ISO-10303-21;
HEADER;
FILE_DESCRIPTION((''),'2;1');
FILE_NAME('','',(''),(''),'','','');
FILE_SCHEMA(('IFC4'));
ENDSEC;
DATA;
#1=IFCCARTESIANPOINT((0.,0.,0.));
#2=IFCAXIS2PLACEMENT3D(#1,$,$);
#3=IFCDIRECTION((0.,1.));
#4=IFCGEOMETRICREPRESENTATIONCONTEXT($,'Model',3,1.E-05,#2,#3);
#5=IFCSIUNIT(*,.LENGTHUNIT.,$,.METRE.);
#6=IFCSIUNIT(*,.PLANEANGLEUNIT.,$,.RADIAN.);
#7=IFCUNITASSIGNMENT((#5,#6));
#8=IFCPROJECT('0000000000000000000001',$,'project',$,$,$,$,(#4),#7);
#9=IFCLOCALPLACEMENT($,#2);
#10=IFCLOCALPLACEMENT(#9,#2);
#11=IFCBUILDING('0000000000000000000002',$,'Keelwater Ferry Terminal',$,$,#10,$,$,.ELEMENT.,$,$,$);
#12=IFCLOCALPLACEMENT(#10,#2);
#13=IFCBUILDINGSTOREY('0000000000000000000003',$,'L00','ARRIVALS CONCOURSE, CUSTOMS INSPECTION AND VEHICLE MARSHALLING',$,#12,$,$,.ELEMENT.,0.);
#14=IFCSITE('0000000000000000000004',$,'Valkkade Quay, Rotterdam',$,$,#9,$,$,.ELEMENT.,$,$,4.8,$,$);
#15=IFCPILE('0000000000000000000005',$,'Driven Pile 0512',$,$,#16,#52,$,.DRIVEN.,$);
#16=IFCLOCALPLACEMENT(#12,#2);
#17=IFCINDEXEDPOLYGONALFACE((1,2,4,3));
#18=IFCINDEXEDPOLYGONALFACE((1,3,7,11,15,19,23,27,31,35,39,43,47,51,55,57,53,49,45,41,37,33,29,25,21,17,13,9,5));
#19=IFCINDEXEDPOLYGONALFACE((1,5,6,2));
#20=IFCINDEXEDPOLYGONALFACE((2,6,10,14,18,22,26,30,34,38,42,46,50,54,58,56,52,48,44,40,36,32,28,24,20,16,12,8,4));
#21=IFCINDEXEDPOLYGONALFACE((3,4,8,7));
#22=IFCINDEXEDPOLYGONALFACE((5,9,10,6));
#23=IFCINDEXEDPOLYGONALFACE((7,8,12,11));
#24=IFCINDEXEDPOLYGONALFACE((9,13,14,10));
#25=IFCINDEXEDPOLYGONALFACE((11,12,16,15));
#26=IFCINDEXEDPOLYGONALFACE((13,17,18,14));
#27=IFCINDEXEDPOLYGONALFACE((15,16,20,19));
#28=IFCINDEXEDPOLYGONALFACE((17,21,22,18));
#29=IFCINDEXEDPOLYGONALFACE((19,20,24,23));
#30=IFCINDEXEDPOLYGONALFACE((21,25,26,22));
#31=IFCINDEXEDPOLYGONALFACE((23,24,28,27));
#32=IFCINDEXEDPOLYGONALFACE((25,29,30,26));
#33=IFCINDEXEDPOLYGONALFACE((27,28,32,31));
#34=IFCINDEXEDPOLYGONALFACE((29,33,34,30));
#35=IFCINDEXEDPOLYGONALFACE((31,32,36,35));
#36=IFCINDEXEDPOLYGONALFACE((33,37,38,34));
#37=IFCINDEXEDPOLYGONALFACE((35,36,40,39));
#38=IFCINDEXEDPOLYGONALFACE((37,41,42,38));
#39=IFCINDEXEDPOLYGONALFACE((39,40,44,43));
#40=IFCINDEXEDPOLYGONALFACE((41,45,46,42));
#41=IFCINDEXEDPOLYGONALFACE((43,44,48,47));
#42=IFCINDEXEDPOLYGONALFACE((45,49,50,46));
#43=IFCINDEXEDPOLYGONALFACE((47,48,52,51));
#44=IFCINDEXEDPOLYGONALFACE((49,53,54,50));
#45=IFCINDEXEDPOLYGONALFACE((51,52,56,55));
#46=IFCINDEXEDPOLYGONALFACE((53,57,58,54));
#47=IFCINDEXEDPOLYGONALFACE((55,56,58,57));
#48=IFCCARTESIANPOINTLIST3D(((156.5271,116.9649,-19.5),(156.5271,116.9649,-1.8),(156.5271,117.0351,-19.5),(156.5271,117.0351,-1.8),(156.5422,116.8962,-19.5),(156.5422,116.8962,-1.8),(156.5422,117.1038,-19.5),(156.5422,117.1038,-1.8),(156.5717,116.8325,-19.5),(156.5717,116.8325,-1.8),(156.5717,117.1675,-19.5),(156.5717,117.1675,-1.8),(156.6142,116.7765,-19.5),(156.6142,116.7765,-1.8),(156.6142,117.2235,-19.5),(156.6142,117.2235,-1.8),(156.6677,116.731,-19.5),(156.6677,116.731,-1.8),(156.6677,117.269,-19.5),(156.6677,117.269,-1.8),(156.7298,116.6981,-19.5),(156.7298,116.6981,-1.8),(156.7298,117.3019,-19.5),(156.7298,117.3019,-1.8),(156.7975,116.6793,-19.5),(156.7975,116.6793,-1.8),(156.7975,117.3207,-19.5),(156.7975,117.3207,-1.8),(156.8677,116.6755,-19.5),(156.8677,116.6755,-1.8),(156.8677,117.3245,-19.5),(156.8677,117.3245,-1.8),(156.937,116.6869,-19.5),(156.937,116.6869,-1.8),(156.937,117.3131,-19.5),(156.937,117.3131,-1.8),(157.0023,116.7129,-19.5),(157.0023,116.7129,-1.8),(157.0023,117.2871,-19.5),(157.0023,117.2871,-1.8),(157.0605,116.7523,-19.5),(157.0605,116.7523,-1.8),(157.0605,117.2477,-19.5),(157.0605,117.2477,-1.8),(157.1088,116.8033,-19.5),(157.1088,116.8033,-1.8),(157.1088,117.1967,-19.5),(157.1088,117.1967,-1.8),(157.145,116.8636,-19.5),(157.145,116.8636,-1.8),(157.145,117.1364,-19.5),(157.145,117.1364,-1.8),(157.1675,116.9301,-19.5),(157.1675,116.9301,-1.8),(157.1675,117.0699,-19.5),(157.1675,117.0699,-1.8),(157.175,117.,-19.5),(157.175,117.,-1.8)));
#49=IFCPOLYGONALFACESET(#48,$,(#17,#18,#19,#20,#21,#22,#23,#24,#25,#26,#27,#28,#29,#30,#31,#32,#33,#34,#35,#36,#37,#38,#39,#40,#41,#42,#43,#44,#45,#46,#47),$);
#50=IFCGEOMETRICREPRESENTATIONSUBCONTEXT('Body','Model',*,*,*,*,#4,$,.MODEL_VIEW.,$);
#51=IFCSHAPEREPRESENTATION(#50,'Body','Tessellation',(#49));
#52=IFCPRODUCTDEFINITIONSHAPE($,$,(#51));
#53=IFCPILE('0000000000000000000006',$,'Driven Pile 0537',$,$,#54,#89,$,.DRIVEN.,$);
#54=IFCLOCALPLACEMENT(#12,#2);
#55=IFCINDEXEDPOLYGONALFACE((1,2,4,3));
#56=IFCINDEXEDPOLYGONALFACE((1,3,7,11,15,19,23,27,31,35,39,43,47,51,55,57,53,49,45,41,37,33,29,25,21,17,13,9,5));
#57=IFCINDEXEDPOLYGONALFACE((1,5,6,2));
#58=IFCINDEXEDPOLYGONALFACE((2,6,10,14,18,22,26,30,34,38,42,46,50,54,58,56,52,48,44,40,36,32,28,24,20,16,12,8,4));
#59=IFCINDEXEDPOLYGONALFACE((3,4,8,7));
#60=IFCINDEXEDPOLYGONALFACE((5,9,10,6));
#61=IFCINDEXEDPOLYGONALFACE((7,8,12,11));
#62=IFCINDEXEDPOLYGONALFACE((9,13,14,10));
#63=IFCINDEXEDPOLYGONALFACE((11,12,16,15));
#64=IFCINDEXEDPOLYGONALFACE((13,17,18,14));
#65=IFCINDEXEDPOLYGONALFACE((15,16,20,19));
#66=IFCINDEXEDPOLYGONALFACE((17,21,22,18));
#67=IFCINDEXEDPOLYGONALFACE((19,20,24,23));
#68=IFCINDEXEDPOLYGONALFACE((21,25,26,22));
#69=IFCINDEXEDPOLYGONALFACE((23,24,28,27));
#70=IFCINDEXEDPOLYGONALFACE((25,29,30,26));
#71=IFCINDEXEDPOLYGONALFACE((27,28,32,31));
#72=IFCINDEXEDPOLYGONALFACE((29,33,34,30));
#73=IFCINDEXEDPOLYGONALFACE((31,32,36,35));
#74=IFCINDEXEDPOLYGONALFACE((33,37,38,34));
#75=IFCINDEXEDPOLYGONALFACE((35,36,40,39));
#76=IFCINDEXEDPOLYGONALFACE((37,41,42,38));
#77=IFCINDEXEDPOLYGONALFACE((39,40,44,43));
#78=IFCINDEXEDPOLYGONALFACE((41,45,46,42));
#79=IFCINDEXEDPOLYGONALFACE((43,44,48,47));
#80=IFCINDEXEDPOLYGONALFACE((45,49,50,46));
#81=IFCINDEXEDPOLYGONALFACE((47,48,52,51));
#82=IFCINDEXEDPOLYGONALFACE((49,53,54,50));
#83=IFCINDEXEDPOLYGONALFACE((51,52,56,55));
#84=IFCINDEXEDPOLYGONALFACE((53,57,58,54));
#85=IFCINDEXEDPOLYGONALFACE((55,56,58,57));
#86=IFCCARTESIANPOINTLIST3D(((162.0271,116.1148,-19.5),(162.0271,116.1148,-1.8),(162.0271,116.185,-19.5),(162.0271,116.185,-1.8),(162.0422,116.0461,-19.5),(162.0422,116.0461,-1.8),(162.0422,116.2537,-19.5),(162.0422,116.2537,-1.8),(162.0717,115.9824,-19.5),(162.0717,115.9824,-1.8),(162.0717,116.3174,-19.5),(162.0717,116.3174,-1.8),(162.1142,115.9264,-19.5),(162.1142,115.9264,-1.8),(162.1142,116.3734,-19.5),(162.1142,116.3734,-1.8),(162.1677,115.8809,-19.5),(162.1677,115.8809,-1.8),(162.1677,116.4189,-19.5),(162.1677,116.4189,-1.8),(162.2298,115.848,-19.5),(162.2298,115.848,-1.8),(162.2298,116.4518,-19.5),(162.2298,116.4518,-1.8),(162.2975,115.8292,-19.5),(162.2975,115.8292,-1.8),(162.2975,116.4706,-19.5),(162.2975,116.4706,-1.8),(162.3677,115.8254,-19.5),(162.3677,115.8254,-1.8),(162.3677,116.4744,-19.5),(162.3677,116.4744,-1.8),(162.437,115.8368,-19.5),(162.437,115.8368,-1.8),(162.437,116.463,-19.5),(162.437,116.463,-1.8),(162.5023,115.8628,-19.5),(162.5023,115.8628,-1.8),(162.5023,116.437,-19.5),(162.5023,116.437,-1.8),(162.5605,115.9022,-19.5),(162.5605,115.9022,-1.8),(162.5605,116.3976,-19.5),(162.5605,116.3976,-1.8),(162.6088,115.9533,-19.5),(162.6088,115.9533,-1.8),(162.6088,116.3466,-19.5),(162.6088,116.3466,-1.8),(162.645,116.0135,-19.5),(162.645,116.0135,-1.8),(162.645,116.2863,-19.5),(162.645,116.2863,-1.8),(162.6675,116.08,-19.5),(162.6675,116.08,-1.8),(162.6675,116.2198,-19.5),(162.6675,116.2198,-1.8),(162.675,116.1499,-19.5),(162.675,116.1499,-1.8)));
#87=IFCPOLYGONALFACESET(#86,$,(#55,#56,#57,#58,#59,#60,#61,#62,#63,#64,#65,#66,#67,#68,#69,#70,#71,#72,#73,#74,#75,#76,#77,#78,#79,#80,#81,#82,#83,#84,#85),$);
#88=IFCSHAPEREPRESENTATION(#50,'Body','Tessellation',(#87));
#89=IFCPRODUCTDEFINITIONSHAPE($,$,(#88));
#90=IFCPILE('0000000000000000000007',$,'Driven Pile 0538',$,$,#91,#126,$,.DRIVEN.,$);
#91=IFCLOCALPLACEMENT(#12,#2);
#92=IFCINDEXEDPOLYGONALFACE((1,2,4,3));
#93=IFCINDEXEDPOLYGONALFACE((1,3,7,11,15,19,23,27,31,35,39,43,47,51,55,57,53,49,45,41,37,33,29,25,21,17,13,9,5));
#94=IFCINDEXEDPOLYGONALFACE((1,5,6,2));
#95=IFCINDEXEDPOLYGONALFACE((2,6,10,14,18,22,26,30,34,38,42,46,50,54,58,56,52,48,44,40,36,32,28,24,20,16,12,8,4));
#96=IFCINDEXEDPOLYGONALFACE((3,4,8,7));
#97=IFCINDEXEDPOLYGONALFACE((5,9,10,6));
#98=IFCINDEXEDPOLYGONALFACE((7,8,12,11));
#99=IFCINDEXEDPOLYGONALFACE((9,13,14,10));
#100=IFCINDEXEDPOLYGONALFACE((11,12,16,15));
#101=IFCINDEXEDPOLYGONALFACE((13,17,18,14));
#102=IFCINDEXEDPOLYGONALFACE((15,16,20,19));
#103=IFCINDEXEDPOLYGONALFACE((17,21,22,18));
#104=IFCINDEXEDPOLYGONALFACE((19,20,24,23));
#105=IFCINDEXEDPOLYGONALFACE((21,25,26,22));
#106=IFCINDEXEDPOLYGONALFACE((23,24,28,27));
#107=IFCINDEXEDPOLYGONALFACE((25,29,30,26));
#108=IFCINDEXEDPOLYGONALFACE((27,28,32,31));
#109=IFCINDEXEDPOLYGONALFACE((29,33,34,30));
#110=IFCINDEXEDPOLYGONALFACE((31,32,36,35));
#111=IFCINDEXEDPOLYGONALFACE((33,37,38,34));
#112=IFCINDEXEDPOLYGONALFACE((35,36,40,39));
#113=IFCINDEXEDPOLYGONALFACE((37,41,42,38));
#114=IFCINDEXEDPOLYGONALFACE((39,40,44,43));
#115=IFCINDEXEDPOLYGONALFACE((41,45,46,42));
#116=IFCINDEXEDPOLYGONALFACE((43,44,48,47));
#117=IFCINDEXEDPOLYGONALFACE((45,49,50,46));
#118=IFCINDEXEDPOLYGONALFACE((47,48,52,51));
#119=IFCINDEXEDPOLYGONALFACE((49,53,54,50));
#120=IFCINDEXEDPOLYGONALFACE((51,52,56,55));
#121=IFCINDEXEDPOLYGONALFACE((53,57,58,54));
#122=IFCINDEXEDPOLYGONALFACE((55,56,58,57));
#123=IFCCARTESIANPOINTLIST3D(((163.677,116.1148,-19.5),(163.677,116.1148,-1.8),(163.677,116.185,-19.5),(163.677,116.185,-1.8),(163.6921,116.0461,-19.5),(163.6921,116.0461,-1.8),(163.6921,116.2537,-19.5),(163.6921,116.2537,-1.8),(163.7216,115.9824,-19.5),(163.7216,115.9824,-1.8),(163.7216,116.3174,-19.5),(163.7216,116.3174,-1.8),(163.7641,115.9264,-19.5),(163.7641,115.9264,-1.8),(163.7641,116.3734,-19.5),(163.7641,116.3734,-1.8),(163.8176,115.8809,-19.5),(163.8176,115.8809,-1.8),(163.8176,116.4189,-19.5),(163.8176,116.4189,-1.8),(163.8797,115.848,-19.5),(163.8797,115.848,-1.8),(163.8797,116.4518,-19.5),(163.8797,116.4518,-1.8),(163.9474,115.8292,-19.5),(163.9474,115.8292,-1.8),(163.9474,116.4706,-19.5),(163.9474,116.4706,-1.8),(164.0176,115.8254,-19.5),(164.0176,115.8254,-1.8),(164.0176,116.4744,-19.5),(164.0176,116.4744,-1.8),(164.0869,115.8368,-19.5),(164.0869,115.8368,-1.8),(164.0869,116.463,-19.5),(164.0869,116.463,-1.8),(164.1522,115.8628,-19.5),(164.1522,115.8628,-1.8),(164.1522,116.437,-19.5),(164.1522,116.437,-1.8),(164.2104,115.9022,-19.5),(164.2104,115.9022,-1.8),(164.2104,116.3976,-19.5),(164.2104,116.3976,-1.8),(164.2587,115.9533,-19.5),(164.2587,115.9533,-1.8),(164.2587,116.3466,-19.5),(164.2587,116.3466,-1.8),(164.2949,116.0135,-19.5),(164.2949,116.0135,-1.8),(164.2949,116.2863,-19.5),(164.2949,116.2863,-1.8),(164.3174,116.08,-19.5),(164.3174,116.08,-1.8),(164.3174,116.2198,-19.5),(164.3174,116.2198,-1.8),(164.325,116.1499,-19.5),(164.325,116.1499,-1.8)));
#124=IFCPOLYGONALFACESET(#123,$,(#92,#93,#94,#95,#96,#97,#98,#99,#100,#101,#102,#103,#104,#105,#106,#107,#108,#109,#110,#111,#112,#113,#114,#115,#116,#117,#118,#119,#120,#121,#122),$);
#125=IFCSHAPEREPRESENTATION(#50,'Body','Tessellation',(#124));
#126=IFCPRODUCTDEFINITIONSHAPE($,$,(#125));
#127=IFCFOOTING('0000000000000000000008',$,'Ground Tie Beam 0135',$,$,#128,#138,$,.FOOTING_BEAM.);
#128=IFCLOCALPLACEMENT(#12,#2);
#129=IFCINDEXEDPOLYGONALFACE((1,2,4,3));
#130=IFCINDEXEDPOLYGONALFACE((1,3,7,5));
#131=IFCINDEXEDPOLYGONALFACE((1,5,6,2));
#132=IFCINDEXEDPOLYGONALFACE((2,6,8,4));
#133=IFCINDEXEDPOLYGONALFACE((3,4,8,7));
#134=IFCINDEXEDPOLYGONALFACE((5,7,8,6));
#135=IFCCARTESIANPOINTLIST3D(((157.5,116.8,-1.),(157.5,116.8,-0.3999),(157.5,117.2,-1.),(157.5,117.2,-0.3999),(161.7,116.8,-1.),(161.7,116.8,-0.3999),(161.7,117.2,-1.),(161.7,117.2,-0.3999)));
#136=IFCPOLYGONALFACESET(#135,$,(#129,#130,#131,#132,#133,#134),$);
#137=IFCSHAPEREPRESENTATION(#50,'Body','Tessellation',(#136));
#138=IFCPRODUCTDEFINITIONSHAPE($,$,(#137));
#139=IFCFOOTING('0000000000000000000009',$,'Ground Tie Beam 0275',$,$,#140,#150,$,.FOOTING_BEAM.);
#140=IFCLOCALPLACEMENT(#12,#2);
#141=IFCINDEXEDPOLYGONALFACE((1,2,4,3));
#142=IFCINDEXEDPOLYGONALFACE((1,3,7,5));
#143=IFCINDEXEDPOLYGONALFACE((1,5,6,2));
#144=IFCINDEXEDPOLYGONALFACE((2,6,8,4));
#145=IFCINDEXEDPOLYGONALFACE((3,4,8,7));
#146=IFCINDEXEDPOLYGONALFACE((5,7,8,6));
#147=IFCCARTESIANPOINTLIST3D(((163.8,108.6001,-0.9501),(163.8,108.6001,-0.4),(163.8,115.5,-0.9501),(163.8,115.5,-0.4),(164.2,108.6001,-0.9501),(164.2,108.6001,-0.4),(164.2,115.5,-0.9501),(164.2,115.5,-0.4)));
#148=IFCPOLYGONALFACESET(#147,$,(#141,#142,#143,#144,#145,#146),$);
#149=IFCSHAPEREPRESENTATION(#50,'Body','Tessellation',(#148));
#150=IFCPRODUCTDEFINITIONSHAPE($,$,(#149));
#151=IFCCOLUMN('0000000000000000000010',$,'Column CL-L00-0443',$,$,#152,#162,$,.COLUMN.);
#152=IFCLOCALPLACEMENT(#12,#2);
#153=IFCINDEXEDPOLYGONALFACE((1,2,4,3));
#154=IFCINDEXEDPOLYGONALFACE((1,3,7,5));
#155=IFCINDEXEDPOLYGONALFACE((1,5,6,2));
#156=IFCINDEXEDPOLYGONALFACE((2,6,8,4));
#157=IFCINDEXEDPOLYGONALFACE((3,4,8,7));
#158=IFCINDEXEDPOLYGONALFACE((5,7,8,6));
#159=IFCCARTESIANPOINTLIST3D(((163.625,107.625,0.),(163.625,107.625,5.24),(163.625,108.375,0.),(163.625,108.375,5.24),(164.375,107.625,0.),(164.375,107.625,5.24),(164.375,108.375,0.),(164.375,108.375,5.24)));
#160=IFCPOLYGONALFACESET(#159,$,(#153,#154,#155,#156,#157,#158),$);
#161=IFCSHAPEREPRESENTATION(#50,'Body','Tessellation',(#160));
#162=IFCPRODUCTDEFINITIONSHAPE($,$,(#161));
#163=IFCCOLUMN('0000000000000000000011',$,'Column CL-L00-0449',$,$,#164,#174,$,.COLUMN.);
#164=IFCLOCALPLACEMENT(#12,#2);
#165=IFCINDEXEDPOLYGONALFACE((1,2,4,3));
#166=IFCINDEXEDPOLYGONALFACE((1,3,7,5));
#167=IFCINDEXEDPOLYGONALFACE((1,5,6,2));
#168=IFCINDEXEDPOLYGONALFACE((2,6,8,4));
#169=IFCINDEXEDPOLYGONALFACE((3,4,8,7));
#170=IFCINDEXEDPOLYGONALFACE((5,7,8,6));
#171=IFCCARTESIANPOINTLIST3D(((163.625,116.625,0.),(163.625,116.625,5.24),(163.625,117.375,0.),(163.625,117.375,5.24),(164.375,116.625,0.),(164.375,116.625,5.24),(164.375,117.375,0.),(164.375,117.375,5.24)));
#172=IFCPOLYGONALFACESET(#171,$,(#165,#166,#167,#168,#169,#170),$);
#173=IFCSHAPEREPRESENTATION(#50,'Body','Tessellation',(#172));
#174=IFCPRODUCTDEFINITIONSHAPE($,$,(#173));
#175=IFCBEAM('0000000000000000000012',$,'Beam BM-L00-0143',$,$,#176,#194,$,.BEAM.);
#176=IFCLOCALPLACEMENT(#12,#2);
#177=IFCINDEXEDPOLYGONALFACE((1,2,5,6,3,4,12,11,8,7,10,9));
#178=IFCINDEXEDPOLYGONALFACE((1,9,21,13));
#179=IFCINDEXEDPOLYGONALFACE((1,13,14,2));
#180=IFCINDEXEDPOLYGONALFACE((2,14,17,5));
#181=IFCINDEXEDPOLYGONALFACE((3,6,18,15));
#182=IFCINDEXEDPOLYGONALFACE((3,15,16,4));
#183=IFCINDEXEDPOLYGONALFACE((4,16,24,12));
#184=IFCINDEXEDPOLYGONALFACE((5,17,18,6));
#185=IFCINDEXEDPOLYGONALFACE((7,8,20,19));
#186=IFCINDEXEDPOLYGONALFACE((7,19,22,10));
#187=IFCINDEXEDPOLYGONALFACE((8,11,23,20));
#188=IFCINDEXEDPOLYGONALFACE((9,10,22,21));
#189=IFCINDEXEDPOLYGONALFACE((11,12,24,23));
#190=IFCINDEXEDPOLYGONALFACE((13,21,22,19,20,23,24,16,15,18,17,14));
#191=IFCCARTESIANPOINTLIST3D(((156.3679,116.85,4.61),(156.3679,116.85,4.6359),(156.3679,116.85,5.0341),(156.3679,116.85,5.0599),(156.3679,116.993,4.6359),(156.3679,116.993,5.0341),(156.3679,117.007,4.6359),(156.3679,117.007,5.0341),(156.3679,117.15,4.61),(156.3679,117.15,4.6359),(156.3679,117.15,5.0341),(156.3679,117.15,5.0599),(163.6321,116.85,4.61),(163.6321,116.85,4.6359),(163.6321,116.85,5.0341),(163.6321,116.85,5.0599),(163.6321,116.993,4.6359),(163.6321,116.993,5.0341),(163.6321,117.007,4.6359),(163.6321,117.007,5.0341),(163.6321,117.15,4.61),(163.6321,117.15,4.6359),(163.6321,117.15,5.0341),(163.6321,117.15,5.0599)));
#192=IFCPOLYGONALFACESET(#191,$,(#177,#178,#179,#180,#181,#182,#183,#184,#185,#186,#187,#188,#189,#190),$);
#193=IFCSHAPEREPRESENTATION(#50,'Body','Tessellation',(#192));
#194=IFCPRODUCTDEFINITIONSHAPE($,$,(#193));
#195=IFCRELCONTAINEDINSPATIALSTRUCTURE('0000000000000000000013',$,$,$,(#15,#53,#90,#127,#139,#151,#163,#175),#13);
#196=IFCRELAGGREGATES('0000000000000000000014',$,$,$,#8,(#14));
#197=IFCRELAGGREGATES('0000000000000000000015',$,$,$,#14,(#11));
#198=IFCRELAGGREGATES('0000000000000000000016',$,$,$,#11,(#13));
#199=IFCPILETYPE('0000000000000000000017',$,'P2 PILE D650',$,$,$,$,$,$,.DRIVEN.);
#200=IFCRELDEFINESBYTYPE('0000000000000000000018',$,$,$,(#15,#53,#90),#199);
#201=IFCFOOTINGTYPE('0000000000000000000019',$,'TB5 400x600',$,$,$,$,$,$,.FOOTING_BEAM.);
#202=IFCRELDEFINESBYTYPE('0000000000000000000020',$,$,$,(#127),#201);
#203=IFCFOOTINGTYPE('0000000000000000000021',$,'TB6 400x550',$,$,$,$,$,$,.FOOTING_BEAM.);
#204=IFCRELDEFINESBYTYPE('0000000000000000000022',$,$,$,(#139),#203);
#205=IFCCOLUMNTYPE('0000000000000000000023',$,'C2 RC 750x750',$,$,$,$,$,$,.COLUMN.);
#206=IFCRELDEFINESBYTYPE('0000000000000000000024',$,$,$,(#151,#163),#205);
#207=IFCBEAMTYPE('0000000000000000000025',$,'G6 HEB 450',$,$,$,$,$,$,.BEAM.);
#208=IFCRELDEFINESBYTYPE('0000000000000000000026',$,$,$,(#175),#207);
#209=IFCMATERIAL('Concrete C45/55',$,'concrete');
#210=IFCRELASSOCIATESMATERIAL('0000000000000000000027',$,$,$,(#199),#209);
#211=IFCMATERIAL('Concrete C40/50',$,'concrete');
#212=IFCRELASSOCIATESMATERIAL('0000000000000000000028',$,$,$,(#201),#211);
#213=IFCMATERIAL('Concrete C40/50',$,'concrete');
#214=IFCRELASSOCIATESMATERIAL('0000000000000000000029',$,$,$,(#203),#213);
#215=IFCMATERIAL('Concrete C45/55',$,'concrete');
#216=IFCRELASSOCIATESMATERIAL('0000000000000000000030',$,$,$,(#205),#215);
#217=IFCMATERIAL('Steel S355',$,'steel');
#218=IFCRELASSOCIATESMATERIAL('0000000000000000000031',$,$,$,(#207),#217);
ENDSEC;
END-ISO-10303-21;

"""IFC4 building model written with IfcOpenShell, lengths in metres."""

from ifc_helpers import new_model, si_unit, direction, frame, origin, origin_2d, place, context, subcontext, project, spatial, rectangle, circle, i_section, extrude, material, material_profile, profile_set, type_object, element, save


model = new_model("IFC4")

# Units and contexts
model_context = context("Model", 3, precision=1e-05, world=origin(), true_north=direction((0.0, 1.0)))
body_context = subcontext(model_context, "Body", "Model", "MODEL_VIEW")
ifc_project = project(units=[si_unit("LENGTHUNIT", "METRE"), si_unit("PLANEANGLEUNIT", "RADIAN")], contexts=[model_context])

# Site, building, storey
site_placement = place(None, origin())
site = spatial("IfcSite", under=ifc_project, at=site_placement, Name="Valkkade Quay, Rotterdam", CompositionType="ELEMENT", RefElevation=4.8)
building_placement = place(site_placement, origin())
building = spatial("IfcBuilding", under=site, at=building_placement, Name="Keelwater Ferry Terminal", CompositionType="ELEMENT")
storey_placement = place(building_placement, origin())
storey = spatial("IfcBuildingStorey", under=building, at=storey_placement, Name="L00", Description="ARRIVALS CONCOURSE, CUSTOMS INSPECTION AND VEHICLE MARSHALLING", CompositionType="ELEMENT", Elevation=0.0)

# Piles
ifc_material_1 = material(Name="Concrete C45/55", Category="concrete")
ifc_material_profile_1 = material_profile(ifc_material_1, circle(Radius=0.325, at=origin_2d()), Name="PILE D650")
ifc_profile_set_1 = profile_set([ifc_material_profile_1], Name="Concrete C45/55")
pile_type_1 = type_object("IfcPileType", Name="P2 PILE D650", PredefinedType="DRIVEN", material=ifc_profile_set_1)
for number, where, z_axis, x_axis, name in (
    (1, (156.8501, 117.0, -1.8), (0.0, 0.0, -1.0), (1.0, 0.0, 0.0), "Driven Pile 0512"),
    (2, (162.3501, 116.1499, -1.8), (0.0, 0.0, -1.0), (1.0, 0.0, 0.0), "Driven Pile 0537"),
    (3, (164.0, 116.1499, -1.8), (0.0, 0.0, -1.0), (1.0, 0.0, 0.0), "Driven Pile 0538"),
):
    element("IfcPile", number, at=place(storey_placement, frame(where, z_axis=z_axis, x_axis=x_axis)), inside=storey, type_object=pile_type_1, Name=name, PredefinedType="DRIVEN", context=body_context, shape_type="SweptSolid", body=[
        extrude(circle(Radius=0.325, at=origin_2d()), origin(), (0.0, 0.0, 1.0), 17.7),
    ])

# Footings
ifc_material_2 = material(Name="Concrete C40/50", Category="concrete")
ifc_material_profile_2 = material_profile(ifc_material_2, rectangle(XDim=0.3999, YDim=0.6001, at=origin_2d()), Name="TB 400x600")
ifc_profile_set_2 = profile_set([ifc_material_profile_2], Name="Concrete C40/50")
footing_type_1 = type_object("IfcFootingType", Name="TB5 400x600", PredefinedType="FOOTING_BEAM", material=ifc_profile_set_2)
footing_1_placement = place(storey_placement, frame((157.5, 117.0, -0.7), z_axis=(1.0, 0.0, 0.0), x_axis=(0.0, 1.0, 0.0)))
element("IfcFooting", 4, at=footing_1_placement, inside=storey, type_object=footing_type_1, Name="Ground Tie Beam 0135", PredefinedType="FOOTING_BEAM", context=body_context, shape_type="SweptSolid", body=[
    extrude(rectangle(XDim=0.3999, YDim=0.6001, at=origin_2d()), origin(), (0.0, 0.0, 1.0), 4.2),
])
ifc_material_3 = material(Name="Concrete C40/50", Category="concrete")
ifc_material_profile_3 = material_profile(ifc_material_3, rectangle(XDim=0.3999, YDim=0.55, at=origin_2d()), Name="TB 400x550")
ifc_profile_set_3 = profile_set([ifc_material_profile_3], Name="Concrete C40/50")
footing_type_2 = type_object("IfcFootingType", Name="TB6 400x550", PredefinedType="FOOTING_BEAM", material=ifc_profile_set_3)
footing_2_placement = place(storey_placement, frame((164.0, 108.6001, -0.675), z_axis=(0.0, 1.0, 0.0), x_axis=(-1.0, 0.0, 0.0)))
element("IfcFooting", 5, at=footing_2_placement, inside=storey, type_object=footing_type_2, Name="Ground Tie Beam 0275", PredefinedType="FOOTING_BEAM", context=body_context, shape_type="SweptSolid", body=[
    extrude(rectangle(XDim=0.3999, YDim=0.55, at=origin_2d()), origin(), (0.0, 0.0, 1.0), 6.8999),
])

# Columns
ifc_material_4 = material(Name="Concrete C45/55", Category="concrete")
ifc_material_profile_4 = material_profile(ifc_material_4, rectangle(XDim=0.75, YDim=0.75, at=origin_2d()), Name="RC 750x750")
ifc_profile_set_4 = profile_set([ifc_material_profile_4], Name="Concrete C45/55")
column_type = type_object("IfcColumnType", Name="C2 RC 750x750", PredefinedType="COLUMN", material=ifc_profile_set_4)
for number, where, z_axis, x_axis, name in (
    (6, (164.0, 108.0, 0.0), (0.0, 0.0, 1.0), (1.0, 0.0, 0.0), "Column CL-L00-0443"),
    (7, (164.0, 117.0, 0.0), (0.0, 0.0, 1.0), (1.0, 0.0, 0.0), "Column CL-L00-0449"),
):
    element("IfcColumn", number, at=place(storey_placement, frame(where, z_axis=z_axis, x_axis=x_axis)), inside=storey, type_object=column_type, Name=name, PredefinedType="COLUMN", context=body_context, shape_type="SweptSolid", body=[
        extrude(rectangle(XDim=0.75, YDim=0.75, at=origin_2d()), origin(), (0.0, 0.0, 1.0), 5.24),
    ])

# Beam
ifc_material_5 = material(Name="Steel S355", Category="steel")
ifc_material_profile_5 = material_profile(ifc_material_5, i_section(OverallWidth=0.3, OverallDepth=0.45, WebThickness=0.0139, FlangeThickness=0.0259, at=origin_2d()), Name="HEB 450")
ifc_profile_set_5 = profile_set([ifc_material_profile_5], Name="Steel S355")
beam_type_1 = type_object("IfcBeamType", Name="G6 HEB 450", PredefinedType="BEAM", material=ifc_profile_set_5)
beam_1_placement = place(storey_placement, frame((156.3679, 117.0, 4.835), z_axis=(1.0, 0.0, 0.0), x_axis=(0.0, 1.0, 0.0)))
element("IfcBeam", 8, at=beam_1_placement, inside=storey, type_object=beam_type_1, Name="Beam BM-L00-0143", PredefinedType="BEAM", context=body_context, shape_type="SweptSolid", body=[
    extrude(i_section(OverallWidth=0.3, OverallDepth=0.45, WebThickness=0.0139, FlangeThickness=0.0259, at=origin_2d()), origin(), (0.0, 0.0, 1.0), 7.2642),
])

save(model, "model.ifc")
